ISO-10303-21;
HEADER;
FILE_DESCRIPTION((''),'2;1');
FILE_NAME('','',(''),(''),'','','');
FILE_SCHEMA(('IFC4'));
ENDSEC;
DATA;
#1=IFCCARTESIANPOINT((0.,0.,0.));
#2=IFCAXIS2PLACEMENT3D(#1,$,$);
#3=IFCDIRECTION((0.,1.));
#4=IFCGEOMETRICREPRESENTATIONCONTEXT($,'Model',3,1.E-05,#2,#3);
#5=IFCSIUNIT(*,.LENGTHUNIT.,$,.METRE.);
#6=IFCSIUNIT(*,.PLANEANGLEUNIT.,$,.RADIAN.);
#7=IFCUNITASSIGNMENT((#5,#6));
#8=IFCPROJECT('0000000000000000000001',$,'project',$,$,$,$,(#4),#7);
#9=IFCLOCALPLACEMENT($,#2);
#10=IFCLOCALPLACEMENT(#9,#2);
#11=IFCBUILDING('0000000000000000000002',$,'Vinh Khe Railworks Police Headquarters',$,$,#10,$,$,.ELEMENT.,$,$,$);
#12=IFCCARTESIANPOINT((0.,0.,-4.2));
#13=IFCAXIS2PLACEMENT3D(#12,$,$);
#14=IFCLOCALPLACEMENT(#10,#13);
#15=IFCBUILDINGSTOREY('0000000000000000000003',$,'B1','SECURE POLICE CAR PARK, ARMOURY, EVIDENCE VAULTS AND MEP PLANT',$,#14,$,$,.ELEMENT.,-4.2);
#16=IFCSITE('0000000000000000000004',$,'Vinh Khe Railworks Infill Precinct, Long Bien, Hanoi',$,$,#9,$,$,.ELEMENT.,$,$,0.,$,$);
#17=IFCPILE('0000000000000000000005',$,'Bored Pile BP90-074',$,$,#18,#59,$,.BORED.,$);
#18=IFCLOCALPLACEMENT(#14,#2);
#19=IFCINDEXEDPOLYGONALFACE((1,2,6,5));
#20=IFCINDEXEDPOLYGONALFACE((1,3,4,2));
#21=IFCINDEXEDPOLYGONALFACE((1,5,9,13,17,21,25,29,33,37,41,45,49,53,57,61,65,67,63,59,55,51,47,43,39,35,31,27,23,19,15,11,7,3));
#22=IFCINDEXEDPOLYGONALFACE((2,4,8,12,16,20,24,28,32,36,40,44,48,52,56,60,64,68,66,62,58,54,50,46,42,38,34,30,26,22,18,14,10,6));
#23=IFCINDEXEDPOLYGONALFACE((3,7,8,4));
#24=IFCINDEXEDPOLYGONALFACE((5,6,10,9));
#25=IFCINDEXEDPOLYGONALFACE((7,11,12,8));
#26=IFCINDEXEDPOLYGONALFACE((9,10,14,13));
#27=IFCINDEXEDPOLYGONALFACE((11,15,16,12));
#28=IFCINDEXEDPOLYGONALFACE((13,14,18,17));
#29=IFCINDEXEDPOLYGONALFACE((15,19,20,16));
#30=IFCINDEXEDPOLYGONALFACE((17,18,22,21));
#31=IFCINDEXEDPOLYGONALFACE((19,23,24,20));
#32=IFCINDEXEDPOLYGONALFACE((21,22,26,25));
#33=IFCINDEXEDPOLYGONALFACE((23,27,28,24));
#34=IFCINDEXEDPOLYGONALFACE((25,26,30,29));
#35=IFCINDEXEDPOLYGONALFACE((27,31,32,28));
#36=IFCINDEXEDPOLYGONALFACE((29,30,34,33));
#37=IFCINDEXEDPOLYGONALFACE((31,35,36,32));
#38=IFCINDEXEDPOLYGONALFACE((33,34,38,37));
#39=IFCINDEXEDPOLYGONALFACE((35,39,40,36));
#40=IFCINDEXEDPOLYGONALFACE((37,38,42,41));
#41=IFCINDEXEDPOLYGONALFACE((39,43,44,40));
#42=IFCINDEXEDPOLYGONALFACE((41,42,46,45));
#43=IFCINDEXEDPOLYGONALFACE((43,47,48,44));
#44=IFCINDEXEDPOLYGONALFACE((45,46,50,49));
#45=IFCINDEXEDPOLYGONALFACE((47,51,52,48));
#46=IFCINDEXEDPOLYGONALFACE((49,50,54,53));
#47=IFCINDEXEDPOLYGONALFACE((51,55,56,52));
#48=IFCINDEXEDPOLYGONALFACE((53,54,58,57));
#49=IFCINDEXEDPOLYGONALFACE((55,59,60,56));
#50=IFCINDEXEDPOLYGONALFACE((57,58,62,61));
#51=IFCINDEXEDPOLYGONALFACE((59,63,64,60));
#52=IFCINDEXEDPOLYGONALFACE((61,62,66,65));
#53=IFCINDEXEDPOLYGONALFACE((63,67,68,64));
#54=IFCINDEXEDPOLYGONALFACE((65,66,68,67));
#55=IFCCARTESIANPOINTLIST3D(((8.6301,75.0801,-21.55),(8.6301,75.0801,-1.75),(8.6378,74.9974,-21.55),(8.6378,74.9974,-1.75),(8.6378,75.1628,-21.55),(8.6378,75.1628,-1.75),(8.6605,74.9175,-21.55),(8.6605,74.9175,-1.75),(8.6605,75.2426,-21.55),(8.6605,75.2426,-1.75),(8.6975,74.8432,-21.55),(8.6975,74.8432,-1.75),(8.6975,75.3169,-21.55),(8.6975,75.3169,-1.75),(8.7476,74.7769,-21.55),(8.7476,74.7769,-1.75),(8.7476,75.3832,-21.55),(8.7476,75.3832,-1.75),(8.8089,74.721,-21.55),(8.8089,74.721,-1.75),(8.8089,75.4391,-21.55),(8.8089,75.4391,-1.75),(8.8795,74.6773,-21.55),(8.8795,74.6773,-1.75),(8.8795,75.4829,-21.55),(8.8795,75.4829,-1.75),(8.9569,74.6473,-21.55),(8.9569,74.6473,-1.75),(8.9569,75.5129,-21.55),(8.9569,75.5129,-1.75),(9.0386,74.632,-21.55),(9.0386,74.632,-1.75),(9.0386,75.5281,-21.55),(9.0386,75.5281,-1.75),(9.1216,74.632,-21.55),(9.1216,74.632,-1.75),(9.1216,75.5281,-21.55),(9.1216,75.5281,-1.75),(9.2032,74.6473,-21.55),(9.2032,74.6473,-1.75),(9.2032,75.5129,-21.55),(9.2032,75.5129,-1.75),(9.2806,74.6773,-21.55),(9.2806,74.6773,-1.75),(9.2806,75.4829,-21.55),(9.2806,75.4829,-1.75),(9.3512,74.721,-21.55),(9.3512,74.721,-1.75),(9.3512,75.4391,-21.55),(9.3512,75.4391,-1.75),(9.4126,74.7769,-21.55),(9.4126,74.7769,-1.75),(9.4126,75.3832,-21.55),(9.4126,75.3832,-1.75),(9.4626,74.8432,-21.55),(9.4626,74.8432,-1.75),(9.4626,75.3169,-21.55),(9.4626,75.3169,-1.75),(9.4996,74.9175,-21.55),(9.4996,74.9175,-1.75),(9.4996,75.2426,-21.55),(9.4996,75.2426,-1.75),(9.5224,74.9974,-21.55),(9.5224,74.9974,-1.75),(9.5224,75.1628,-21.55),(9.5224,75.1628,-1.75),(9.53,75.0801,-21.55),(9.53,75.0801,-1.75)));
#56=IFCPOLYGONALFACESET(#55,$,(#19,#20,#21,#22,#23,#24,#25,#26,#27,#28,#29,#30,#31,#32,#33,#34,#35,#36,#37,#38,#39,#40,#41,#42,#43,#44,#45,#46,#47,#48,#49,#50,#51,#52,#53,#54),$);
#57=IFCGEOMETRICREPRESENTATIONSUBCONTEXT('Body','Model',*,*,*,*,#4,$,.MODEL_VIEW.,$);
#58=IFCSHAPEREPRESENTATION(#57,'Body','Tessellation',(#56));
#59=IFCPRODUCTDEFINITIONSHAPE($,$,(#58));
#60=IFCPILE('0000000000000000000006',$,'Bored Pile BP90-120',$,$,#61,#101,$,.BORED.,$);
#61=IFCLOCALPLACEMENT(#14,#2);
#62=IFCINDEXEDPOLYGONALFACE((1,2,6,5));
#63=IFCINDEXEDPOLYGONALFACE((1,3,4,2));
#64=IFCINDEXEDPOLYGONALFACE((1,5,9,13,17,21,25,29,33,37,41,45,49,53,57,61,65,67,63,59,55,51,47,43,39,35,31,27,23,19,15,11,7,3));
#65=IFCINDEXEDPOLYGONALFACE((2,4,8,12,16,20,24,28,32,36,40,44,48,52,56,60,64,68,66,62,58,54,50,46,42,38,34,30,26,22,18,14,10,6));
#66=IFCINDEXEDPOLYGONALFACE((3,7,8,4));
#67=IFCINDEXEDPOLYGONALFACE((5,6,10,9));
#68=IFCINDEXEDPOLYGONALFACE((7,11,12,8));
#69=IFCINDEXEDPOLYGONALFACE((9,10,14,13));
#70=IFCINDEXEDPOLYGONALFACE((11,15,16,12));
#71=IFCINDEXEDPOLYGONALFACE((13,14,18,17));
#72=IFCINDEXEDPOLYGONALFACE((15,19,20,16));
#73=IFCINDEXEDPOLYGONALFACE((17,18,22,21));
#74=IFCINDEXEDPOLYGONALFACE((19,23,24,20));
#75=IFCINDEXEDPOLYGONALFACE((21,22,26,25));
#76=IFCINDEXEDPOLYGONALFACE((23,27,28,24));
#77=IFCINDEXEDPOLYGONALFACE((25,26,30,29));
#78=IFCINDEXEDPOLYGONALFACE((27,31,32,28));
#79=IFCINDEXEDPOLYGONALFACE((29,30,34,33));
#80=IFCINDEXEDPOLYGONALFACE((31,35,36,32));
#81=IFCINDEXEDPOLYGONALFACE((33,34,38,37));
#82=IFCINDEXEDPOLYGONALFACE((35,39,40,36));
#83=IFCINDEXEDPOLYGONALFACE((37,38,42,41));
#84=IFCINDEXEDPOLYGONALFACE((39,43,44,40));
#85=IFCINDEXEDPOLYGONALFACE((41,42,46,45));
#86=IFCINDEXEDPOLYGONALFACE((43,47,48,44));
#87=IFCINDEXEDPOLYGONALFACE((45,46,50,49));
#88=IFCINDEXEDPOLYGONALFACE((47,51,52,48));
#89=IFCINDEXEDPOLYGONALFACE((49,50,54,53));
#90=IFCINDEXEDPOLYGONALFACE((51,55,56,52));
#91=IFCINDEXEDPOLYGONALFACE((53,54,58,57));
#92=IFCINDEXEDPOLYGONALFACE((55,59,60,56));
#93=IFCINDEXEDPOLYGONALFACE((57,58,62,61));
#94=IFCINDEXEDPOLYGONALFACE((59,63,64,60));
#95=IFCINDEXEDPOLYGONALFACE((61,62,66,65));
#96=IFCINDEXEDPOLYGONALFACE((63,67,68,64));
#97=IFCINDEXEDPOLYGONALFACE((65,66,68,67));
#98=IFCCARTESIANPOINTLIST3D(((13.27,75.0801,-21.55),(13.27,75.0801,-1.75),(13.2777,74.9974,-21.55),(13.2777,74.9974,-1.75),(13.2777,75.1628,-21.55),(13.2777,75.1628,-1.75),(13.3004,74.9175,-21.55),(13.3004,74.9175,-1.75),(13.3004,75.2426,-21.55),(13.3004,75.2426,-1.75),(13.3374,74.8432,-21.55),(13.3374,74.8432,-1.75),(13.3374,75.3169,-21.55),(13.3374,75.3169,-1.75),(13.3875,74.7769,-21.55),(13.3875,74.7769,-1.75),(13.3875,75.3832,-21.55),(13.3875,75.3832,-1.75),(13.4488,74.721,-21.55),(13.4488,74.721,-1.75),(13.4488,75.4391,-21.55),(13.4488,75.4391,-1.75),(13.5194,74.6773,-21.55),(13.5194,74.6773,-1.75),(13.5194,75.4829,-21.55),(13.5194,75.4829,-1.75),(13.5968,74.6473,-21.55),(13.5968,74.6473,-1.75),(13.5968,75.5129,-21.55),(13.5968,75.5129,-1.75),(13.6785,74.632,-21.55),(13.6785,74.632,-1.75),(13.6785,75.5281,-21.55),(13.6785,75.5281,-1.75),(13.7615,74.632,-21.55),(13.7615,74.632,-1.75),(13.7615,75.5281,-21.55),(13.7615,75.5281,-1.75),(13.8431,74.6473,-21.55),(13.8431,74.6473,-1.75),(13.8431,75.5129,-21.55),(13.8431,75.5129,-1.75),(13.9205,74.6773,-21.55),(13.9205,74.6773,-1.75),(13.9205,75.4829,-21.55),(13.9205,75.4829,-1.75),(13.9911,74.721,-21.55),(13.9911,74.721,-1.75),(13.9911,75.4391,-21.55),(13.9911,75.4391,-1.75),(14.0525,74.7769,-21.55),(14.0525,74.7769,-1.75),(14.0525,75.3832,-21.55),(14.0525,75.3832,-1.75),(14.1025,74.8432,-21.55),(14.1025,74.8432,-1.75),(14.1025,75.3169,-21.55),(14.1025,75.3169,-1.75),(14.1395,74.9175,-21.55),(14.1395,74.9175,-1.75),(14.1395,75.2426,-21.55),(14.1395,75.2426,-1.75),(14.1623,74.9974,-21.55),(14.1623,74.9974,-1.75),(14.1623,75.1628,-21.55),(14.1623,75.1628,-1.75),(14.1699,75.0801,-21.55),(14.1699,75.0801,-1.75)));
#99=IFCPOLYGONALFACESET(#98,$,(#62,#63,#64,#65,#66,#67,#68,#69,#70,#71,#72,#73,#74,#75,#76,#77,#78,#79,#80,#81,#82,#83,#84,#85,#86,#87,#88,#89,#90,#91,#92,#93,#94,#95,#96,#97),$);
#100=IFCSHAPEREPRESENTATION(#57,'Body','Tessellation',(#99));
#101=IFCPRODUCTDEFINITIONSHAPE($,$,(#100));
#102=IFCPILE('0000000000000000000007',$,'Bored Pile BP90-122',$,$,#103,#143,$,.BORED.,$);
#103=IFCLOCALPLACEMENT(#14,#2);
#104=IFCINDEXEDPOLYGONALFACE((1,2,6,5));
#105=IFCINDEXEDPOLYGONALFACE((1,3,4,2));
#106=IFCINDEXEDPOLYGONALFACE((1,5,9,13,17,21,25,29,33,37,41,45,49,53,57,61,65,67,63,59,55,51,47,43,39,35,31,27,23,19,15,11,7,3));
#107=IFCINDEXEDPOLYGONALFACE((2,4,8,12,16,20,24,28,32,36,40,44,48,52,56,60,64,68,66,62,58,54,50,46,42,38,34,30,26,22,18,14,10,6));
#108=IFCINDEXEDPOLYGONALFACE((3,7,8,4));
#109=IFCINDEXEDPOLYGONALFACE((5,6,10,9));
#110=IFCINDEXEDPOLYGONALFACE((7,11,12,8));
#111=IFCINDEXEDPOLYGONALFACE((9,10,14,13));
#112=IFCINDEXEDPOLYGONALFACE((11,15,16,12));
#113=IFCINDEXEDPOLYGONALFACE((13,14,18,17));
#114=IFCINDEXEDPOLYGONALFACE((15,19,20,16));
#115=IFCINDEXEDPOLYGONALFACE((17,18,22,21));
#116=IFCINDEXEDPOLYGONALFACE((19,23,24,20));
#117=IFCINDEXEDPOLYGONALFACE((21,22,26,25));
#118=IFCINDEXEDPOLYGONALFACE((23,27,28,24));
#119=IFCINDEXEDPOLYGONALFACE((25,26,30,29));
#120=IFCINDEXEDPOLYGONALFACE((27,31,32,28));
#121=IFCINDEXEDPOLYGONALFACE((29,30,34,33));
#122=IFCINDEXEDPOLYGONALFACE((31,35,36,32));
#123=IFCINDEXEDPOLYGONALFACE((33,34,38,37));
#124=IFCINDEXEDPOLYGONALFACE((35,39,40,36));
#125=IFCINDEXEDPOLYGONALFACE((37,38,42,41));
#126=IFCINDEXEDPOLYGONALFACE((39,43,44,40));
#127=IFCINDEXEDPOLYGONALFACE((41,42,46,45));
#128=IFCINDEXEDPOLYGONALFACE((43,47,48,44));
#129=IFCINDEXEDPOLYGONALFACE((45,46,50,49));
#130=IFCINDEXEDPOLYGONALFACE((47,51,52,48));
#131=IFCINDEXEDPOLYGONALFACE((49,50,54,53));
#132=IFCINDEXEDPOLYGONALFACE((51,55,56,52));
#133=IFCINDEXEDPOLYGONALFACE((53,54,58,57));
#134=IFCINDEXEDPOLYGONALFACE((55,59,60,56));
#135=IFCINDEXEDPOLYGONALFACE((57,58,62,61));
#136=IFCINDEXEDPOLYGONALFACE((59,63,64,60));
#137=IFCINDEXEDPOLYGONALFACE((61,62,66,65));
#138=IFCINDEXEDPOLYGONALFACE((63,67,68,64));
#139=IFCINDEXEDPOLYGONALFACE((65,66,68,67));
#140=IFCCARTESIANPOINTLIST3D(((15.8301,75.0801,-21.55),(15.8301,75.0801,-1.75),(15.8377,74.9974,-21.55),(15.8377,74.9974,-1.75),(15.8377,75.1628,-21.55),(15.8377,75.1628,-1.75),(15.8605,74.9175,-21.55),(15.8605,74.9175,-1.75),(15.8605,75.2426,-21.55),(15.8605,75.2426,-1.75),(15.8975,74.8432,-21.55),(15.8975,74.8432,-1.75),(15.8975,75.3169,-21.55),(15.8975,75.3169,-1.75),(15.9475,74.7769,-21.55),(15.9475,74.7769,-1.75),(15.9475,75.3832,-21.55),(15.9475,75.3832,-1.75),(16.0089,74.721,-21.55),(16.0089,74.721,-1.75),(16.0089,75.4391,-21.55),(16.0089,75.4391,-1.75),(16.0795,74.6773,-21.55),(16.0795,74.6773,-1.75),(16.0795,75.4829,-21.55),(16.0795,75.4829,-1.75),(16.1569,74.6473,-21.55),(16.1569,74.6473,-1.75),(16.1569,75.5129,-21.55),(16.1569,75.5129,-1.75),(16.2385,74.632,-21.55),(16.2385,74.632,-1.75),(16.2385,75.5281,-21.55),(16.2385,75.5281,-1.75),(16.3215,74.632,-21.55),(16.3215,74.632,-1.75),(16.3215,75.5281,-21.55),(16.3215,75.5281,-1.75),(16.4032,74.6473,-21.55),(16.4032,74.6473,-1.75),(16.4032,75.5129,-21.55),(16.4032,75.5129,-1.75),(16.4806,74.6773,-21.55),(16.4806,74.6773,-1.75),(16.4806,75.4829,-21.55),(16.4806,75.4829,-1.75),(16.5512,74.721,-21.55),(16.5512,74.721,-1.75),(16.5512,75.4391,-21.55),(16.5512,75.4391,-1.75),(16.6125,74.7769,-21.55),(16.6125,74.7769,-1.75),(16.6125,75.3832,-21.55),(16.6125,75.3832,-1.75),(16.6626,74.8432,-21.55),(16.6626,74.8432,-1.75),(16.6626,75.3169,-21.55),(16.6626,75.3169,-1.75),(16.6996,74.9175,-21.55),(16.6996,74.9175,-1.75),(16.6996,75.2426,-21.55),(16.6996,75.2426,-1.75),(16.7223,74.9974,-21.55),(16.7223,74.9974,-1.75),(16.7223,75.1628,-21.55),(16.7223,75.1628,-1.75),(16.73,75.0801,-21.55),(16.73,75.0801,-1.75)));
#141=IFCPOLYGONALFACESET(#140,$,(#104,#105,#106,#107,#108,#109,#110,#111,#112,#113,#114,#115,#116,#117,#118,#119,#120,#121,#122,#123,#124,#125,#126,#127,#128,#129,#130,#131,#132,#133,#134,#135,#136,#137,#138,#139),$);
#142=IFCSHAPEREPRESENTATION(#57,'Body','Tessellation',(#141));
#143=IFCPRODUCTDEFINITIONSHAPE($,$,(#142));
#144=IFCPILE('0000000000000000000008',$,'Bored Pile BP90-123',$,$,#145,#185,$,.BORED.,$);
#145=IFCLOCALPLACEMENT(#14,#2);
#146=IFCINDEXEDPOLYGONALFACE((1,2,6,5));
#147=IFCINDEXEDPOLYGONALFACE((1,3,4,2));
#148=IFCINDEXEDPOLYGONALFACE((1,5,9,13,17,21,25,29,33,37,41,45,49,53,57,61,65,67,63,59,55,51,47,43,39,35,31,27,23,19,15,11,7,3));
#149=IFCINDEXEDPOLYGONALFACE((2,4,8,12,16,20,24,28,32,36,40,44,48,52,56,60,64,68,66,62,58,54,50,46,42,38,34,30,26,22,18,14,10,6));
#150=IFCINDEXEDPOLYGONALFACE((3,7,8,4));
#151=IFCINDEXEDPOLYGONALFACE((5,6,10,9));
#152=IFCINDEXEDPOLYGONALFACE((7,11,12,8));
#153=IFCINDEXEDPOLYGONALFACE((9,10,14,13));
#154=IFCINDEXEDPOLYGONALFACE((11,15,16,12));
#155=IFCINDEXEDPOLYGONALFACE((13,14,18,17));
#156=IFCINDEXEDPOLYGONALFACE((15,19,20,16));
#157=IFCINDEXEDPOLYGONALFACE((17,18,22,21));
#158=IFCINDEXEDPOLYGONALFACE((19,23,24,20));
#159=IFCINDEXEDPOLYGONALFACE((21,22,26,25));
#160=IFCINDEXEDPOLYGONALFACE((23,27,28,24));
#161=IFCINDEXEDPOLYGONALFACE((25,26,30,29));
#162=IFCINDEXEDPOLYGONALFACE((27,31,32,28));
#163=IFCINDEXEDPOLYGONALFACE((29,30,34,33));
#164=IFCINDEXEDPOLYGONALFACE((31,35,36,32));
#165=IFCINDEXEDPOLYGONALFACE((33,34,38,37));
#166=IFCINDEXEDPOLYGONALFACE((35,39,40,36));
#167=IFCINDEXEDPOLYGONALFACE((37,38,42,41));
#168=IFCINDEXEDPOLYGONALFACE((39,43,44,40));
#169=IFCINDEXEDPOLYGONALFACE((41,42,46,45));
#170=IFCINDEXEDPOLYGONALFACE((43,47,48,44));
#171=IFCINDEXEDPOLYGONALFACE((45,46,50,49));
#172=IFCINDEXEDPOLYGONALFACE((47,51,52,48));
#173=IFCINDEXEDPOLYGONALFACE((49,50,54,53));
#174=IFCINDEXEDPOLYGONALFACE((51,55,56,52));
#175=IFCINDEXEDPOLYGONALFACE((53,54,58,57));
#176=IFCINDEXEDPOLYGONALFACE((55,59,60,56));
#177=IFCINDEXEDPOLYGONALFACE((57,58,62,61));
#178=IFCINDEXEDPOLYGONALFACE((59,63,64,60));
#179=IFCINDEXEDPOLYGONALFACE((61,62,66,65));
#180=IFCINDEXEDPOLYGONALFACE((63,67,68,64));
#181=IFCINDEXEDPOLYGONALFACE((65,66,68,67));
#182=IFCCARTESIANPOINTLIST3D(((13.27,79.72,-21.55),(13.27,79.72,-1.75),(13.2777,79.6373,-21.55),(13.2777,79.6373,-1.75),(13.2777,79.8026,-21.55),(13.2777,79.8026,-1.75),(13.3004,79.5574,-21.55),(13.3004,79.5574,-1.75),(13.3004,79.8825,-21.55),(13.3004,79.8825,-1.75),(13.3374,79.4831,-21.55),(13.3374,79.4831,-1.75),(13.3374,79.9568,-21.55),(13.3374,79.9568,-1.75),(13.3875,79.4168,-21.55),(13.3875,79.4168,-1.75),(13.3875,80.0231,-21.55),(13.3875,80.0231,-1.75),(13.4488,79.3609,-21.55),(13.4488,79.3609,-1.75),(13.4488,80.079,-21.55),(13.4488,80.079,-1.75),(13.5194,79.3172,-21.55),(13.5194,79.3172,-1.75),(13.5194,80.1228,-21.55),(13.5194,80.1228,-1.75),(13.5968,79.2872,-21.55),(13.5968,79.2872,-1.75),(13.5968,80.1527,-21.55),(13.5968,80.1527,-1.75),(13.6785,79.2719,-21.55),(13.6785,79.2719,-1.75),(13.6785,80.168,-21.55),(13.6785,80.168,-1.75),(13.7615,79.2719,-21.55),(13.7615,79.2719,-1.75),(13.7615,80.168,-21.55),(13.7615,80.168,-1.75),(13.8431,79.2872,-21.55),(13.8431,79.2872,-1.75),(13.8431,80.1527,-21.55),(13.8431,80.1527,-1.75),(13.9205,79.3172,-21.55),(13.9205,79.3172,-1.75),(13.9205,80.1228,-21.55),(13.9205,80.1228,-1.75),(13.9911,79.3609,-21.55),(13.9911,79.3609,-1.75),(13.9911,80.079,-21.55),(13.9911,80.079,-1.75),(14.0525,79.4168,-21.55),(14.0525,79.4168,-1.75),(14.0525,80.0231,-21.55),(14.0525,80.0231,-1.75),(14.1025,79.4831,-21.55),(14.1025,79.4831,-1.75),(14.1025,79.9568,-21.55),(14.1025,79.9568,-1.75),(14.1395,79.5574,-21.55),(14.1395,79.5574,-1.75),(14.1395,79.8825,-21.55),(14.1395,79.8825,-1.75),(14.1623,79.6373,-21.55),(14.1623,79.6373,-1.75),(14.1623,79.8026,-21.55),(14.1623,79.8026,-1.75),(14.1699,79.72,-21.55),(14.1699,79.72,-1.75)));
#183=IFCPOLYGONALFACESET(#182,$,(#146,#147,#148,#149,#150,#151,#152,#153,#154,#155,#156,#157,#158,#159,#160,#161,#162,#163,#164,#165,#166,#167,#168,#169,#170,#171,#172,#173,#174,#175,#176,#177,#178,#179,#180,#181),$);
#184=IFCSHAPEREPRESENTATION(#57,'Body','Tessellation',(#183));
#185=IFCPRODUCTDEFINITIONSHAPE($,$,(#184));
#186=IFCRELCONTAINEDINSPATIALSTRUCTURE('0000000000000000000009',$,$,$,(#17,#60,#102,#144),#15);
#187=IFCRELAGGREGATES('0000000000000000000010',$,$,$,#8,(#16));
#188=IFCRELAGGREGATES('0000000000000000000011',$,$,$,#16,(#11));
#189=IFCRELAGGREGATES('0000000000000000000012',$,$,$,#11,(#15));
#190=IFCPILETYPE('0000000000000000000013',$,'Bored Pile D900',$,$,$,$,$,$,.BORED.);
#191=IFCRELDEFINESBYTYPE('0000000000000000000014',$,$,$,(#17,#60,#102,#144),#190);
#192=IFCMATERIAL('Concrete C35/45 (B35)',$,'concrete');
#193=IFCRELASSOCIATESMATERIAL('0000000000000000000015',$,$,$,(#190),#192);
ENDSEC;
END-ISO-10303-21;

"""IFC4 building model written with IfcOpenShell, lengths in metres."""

from ifc_helpers import new_model, si_unit, direction, frame, origin, origin_2d, place, context, subcontext, project, spatial, circle, extrude, material, material_profile, profile_set, type_object, element, save


model = new_model("IFC4")

# Units and contexts
model_context = context("Model", 3, precision=1e-05, world=origin(), true_north=direction((0.0, 1.0)))
body_context = subcontext(model_context, "Body", "Model", "MODEL_VIEW")
ifc_project = project(units=[si_unit("LENGTHUNIT", "METRE"), si_unit("PLANEANGLEUNIT", "RADIAN")], contexts=[model_context])

# Site, building, storey
site_placement = place(None, origin())
site = spatial("IfcSite", under=ifc_project, at=site_placement, Name="Vinh Khe Railworks Infill Precinct, Long Bien, Hanoi", CompositionType="ELEMENT", RefElevation=0.0)
building_placement = place(site_placement, origin())
building = spatial("IfcBuilding", under=site, at=building_placement, Name="Vinh Khe Railworks Police Headquarters", CompositionType="ELEMENT")
storey_placement = place(building_placement, frame((0.0, 0.0, -4.2)))
storey = spatial("IfcBuildingStorey", under=building, at=storey_placement, Name="B1", Description="SECURE POLICE CAR PARK, ARMOURY, EVIDENCE VAULTS AND MEP PLANT", CompositionType="ELEMENT", Elevation=-4.2)

# Piles
ifc_material_1 = material(Name="Concrete C35/45 (B35)", Category="concrete")
ifc_material_profile_1 = material_profile(ifc_material_1, circle(Radius=0.45, at=origin_2d()), Name="BORED PILE D900")
ifc_profile_set_1 = profile_set([ifc_material_profile_1], Name="Concrete C35/45 (B35)")
pile_type = type_object("IfcPileType", Name="Bored Pile D900", PredefinedType="BORED", material=ifc_profile_set_1)
for number, where, z_axis, x_axis, name in (
    (1, (9.0801, 75.0801, -1.75), (0.0, 0.0, -1.0), (1.0, 0.0, 0.0), "Bored Pile BP90-074"),
    (2, (13.72, 75.0801, -1.75), (0.0, 0.0, -1.0), (1.0, 0.0, 0.0), "Bored Pile BP90-120"),
    (3, (16.28, 75.0801, -1.75), (0.0, 0.0, -1.0), (1.0, 0.0, 0.0), "Bored Pile BP90-122"),
    (4, (13.72, 79.72, -1.75), (0.0, 0.0, -1.0), (1.0, 0.0, 0.0), "Bored Pile BP90-123"),
):
    element("IfcPile", number, at=place(storey_placement, frame(where, z_axis=z_axis, x_axis=x_axis)), inside=storey, type_object=pile_type, Name=name, PredefinedType="BORED", context=body_context, shape_type="SweptSolid", body=[
        extrude(circle(Radius=0.45, at=origin_2d()), origin(), (0.0, 0.0, 1.0), 19.8),
    ])

save(model, "model.ifc")
